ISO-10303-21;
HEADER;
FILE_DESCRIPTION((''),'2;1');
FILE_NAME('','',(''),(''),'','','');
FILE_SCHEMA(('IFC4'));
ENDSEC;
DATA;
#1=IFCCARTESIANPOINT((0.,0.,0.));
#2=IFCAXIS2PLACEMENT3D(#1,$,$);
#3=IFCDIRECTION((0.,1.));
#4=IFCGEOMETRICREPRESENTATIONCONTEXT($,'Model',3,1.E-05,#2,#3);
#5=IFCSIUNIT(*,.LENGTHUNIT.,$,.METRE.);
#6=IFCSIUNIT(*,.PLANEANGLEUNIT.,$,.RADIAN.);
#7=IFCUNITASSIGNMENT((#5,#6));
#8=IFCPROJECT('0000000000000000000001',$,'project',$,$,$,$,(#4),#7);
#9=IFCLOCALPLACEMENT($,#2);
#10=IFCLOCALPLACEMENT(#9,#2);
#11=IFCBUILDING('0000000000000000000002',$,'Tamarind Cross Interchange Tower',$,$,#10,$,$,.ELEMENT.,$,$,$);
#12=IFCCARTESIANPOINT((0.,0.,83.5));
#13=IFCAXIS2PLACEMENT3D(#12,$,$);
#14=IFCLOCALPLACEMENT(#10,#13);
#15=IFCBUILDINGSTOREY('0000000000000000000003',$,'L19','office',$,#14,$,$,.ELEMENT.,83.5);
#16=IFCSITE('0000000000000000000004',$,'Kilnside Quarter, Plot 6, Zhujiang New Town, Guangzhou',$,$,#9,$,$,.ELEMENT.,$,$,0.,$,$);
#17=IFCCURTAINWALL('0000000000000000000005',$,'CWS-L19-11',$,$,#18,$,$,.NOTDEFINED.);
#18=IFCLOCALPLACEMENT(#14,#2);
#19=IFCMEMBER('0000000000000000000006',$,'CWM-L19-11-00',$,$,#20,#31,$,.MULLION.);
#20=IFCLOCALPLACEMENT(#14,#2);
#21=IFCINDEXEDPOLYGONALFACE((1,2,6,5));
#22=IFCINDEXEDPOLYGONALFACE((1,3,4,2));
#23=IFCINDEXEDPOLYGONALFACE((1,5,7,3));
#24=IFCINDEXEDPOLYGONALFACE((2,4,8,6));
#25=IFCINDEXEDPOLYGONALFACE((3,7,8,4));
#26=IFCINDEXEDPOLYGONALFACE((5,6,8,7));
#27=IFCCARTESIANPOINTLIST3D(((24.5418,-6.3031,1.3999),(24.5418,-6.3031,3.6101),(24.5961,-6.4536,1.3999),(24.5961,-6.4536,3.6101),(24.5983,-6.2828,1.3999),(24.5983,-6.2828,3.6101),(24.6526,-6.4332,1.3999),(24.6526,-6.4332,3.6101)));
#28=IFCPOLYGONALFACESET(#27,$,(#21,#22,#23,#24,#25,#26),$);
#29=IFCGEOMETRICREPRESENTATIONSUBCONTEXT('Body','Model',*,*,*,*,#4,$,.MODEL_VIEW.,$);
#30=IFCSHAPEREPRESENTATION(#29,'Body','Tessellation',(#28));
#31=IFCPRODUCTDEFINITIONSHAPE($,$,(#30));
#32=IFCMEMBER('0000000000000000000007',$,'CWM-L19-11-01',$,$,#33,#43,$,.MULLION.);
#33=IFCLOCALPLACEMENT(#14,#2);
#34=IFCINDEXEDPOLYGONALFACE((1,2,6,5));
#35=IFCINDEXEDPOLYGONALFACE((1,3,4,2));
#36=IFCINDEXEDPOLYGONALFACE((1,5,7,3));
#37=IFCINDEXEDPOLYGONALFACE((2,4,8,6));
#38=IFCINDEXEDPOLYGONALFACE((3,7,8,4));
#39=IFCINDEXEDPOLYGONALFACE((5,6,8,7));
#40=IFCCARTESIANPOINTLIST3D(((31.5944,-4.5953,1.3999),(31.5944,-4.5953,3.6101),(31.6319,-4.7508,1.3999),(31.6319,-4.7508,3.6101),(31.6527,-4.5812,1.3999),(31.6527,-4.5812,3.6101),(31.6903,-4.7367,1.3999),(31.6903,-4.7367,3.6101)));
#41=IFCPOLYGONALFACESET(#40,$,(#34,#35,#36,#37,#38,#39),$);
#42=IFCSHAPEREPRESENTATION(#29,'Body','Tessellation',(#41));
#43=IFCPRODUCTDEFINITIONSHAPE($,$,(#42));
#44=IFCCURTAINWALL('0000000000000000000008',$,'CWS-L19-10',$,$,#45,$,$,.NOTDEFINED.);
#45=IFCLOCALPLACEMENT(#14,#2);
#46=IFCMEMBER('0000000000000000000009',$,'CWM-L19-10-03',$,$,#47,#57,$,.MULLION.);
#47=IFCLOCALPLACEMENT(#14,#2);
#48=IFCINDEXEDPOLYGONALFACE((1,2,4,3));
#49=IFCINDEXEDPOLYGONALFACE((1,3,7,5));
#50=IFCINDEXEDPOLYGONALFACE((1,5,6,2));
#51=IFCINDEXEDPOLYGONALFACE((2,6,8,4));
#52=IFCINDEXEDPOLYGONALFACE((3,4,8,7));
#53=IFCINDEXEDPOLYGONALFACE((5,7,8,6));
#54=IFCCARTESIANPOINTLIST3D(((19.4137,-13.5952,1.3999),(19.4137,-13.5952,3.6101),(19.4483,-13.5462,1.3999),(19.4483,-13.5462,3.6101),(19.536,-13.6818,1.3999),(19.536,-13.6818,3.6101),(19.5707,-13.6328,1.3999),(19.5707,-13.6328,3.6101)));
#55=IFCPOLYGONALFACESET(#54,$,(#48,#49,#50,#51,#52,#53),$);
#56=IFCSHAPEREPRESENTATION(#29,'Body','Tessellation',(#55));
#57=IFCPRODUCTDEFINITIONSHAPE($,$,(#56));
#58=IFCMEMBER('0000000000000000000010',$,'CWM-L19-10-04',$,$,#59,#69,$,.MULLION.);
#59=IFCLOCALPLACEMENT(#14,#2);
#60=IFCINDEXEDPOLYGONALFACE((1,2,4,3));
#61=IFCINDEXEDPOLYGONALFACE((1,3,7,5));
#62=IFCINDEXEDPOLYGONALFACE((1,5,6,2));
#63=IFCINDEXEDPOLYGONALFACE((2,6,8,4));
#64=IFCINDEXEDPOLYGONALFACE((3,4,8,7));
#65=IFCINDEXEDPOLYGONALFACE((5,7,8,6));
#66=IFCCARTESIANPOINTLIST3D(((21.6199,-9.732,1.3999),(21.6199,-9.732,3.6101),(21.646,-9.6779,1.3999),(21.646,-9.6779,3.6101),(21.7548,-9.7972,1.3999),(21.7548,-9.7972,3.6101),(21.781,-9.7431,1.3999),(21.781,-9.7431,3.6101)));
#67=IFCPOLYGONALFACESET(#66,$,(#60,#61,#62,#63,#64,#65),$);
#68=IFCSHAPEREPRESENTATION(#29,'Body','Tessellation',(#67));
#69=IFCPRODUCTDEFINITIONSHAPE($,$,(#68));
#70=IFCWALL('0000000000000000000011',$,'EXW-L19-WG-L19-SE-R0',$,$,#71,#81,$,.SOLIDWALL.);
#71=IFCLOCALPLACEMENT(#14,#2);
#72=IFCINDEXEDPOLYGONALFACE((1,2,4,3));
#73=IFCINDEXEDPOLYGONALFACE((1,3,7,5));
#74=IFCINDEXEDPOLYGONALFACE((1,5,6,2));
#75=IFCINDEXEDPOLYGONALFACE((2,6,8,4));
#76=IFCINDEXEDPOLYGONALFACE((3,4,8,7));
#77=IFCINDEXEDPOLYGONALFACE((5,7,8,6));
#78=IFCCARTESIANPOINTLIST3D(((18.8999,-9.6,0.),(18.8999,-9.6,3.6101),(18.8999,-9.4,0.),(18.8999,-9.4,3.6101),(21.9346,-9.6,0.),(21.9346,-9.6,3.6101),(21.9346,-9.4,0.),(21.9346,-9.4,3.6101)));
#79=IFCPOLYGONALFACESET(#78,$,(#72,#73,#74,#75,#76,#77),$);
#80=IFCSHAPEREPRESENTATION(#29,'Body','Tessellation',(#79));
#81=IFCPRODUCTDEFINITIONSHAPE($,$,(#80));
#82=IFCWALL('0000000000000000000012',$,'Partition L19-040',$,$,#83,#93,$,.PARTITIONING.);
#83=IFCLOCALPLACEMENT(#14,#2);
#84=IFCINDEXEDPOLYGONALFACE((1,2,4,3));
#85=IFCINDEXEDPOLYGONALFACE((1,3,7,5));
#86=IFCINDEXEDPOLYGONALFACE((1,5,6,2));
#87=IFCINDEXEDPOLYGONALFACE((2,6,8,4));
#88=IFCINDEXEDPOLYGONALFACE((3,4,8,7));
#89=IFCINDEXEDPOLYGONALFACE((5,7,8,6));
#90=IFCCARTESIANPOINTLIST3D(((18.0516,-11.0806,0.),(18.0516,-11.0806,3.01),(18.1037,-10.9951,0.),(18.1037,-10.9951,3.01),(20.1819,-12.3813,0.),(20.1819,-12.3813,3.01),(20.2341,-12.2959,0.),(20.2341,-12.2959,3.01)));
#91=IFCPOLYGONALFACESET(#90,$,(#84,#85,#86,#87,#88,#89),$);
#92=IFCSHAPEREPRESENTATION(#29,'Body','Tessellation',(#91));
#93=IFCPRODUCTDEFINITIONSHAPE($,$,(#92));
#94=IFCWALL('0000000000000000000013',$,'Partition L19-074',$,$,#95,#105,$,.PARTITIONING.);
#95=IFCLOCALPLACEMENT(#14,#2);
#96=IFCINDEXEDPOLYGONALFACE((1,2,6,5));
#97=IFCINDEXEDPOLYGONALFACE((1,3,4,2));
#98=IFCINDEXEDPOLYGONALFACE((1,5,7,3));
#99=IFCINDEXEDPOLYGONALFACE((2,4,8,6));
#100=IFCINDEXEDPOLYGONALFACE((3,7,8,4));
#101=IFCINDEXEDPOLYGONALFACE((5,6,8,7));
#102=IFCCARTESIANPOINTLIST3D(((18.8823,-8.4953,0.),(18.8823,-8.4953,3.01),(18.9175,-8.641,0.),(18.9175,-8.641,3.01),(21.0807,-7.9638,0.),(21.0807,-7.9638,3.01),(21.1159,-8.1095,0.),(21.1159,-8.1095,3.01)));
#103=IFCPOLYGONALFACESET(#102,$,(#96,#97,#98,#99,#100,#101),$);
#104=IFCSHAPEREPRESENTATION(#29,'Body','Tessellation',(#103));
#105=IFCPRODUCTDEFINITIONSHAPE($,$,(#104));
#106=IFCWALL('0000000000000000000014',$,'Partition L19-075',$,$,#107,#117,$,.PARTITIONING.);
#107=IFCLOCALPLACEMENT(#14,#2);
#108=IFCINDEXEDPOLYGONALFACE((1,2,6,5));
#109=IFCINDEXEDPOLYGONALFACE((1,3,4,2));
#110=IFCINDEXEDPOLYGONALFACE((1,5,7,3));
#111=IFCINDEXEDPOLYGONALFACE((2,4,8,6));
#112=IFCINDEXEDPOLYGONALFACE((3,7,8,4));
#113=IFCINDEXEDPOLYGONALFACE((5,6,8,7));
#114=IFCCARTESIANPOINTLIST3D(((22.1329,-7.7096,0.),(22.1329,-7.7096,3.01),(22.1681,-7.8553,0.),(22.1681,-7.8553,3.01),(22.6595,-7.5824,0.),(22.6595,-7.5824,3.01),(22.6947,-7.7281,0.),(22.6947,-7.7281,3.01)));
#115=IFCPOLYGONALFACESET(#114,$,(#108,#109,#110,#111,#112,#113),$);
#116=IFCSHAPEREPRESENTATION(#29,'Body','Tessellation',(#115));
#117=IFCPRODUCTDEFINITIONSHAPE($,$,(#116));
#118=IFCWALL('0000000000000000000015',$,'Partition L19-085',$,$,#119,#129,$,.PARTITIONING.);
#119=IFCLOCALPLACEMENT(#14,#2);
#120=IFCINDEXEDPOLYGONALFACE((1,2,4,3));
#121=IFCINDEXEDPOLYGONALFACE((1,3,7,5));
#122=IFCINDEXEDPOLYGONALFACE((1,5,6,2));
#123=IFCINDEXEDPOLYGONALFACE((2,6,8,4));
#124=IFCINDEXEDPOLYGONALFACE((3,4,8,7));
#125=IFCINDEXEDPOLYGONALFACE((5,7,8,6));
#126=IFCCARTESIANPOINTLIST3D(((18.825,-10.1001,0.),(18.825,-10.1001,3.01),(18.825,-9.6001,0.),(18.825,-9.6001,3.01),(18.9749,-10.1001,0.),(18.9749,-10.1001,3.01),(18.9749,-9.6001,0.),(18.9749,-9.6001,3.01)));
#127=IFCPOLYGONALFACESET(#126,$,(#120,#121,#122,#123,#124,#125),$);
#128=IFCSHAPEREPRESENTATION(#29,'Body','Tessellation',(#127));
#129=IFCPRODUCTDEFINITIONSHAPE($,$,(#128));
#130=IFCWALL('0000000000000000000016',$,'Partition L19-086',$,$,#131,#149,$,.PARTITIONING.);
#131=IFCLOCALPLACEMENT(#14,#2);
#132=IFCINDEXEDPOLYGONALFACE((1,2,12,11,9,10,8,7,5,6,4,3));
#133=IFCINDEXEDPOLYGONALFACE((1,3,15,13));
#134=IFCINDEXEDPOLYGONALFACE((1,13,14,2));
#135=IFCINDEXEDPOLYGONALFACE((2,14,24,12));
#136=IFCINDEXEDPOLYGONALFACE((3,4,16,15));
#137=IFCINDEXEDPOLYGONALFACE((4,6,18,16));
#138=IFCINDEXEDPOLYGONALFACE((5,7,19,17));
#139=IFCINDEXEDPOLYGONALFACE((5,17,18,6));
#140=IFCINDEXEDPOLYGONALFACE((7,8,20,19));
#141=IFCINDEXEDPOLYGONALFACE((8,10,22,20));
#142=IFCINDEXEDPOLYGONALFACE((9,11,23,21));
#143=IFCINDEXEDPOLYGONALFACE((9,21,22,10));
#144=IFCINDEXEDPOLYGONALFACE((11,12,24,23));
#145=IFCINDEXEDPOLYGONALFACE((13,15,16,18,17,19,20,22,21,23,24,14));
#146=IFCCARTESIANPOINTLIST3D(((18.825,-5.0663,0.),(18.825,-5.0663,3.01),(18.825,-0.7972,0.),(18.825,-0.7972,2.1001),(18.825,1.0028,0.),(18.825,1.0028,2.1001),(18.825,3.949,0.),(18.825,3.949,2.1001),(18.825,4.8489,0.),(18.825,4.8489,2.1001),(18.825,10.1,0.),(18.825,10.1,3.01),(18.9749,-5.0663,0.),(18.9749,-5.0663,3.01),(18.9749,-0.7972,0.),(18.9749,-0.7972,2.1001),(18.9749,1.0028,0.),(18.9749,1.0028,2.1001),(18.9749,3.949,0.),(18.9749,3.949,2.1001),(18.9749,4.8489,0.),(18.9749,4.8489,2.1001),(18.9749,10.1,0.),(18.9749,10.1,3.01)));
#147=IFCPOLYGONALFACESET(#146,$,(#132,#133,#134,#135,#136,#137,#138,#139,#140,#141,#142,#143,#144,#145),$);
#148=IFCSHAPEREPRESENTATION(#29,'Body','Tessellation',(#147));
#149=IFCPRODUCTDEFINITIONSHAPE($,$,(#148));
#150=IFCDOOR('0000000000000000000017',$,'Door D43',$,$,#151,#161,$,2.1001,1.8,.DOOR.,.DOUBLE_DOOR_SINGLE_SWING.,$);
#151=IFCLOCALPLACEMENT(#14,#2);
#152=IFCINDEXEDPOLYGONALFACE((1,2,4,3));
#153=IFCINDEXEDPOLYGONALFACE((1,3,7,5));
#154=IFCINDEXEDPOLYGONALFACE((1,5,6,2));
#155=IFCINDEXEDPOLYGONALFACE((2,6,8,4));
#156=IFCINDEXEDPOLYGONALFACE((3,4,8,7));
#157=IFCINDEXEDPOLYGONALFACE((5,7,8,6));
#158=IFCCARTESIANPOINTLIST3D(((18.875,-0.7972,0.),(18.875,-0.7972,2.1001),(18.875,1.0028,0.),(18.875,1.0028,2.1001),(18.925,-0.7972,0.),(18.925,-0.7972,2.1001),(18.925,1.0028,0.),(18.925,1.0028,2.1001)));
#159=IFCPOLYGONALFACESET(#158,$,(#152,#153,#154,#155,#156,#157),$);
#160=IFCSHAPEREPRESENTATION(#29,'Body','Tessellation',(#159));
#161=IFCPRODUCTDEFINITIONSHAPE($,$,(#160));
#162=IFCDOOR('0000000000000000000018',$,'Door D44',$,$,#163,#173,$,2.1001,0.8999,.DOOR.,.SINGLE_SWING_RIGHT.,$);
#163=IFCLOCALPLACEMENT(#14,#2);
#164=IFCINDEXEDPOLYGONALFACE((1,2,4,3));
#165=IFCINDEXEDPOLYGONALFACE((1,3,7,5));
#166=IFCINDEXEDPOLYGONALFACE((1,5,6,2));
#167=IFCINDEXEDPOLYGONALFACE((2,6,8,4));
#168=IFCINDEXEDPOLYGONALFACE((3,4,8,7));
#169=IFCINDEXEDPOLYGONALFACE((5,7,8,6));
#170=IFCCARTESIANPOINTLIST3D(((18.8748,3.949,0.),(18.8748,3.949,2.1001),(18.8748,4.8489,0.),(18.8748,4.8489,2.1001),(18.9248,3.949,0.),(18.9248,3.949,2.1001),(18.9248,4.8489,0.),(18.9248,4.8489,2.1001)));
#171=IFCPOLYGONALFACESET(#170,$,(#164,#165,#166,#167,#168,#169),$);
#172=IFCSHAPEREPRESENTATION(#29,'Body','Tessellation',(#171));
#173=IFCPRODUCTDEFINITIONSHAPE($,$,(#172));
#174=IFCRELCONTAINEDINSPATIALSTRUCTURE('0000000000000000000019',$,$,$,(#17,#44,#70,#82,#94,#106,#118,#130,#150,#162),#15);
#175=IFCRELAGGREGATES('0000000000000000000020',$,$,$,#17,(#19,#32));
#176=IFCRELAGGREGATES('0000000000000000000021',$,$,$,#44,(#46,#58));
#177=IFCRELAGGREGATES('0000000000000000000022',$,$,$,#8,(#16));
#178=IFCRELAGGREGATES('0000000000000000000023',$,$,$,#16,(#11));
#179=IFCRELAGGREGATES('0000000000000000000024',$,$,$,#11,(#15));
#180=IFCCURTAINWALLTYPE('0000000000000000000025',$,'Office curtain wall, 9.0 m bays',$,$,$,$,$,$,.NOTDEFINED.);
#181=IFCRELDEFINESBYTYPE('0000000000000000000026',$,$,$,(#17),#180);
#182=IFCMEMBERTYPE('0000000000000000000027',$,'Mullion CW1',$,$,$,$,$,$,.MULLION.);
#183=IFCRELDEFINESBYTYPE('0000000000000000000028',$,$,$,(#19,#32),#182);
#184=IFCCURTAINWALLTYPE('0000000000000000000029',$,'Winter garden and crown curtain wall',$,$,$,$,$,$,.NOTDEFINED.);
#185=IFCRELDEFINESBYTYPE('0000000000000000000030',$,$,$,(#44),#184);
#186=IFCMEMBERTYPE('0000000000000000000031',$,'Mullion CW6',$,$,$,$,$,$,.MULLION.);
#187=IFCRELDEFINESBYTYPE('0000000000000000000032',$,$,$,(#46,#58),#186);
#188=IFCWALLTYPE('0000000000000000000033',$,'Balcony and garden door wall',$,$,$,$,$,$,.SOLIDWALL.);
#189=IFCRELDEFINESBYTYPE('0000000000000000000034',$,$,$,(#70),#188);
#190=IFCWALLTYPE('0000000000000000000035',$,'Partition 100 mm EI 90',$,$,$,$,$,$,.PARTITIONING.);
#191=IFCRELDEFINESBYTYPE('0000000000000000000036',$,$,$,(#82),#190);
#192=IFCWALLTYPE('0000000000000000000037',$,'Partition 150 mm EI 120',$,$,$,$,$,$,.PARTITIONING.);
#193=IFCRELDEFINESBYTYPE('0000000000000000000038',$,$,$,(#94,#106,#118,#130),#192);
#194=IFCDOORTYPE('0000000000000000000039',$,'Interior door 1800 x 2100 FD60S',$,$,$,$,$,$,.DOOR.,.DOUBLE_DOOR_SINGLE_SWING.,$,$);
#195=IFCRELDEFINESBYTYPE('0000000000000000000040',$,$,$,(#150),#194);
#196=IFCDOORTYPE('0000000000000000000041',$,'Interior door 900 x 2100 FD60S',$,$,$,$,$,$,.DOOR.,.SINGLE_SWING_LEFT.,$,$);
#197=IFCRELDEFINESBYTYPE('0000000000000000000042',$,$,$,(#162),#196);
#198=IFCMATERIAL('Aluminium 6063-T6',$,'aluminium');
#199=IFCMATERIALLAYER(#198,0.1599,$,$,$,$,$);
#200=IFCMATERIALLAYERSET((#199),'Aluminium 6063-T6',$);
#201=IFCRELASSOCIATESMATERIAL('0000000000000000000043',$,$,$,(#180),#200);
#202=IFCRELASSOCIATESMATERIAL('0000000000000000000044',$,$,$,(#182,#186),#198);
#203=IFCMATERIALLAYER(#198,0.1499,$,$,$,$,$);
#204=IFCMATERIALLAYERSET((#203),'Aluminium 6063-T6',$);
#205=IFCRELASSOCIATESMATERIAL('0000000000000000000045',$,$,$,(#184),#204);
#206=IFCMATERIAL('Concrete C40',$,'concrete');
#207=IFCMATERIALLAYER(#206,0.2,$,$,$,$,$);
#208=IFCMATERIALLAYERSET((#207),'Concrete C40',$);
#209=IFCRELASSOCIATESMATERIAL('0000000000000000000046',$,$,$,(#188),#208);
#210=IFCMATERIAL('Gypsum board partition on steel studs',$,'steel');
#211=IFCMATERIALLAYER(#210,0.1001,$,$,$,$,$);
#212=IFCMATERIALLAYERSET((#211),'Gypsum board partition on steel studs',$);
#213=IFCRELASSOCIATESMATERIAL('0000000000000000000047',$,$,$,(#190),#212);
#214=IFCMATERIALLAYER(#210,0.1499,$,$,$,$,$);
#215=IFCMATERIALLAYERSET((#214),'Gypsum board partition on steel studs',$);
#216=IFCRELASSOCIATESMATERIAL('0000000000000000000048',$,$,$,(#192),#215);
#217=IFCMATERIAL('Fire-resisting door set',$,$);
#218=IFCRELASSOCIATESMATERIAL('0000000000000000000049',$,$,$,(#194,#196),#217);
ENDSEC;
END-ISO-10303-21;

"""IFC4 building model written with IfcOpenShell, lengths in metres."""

from ifc_helpers import new_model, si_unit, direction, frame, frame_2d, origin, origin_2d, place, context, subcontext, project, spatial, rectangle, extrude, material, layer, layer_set, material_profile, profile_set, type_object, element, fill, aggregate, save


model = new_model("IFC4")

# Units and contexts
model_context = context("Model", 3, precision=1e-05, world=origin(), true_north=direction((0.0, 1.0)))
body_context = subcontext(model_context, "Body", "Model", "MODEL_VIEW")
ifc_project = project(units=[si_unit("LENGTHUNIT", "METRE"), si_unit("PLANEANGLEUNIT", "RADIAN")], contexts=[model_context])

# Site, building, storey
site_placement = place(None, origin())
site = spatial("IfcSite", under=ifc_project, at=site_placement, Name="Kilnside Quarter, Plot 6, Zhujiang New Town, Guangzhou", CompositionType="ELEMENT", RefElevation=0.0)
building_placement = place(site_placement, origin())
building = spatial("IfcBuilding", under=site, at=building_placement, Name="Tamarind Cross Interchange Tower", CompositionType="ELEMENT")
storey_placement = place(building_placement, frame((0.0, 0.0, 83.5)))
storey = spatial("IfcBuildingStorey", under=building, at=storey_placement, Name="L19", Description="office", CompositionType="ELEMENT", Elevation=83.5)

# Curtain walls, members
ifc_material_1 = material(Name="Aluminium 6063-T6", Category="aluminium")
ifc_layer_1 = layer(ifc_material_1, 0.1599)
ifc_layer_set_1 = layer_set([ifc_layer_1], Name="Aluminium 6063-T6")
curtain_wall_type_1 = type_object("IfcCurtainWallType", Name="Office curtain wall, 9.0 m bays", PredefinedType="NOTDEFINED", material=ifc_layer_set_1)
curtain_wall_1_placement = place(storey_placement, origin())
curtain_wall_1 = element("IfcCurtainWall", 1, at=curtain_wall_1_placement, inside=storey, type_object=curtain_wall_type_1, Name="CWS-L19-11", PredefinedType="NOTDEFINED")
ifc_material_profile_1 = material_profile(ifc_material_1, rectangle(XDim=0.0601, YDim=0.1599, at=origin_2d()), Name="Mullion CW1")
ifc_profile_set_1 = profile_set([ifc_material_profile_1], Name="Aluminium 6063-T6")
member_type_1 = type_object("IfcMemberType", Name="Mullion CW1", PredefinedType="MULLION", material=ifc_profile_set_1)
member_1_placement = place(storey_placement, frame((24.5972, -6.3682, 1.3999), z_axis=(0.0, 0.0, 1.0), x_axis=(0.94064, 0.339405, 0.0)))
member_1 = element("IfcMember", 2, at=member_1_placement, type_object=member_type_1, Name="CWM-L19-11-00", PredefinedType="MULLION", context=body_context, shape_type="SweptSolid", body=[
    extrude(rectangle(XDim=0.0601, YDim=0.1599, at=origin_2d()), origin(), (0.0, 0.0, 1.0), 2.2102),
])
member_2_placement = place(storey_placement, frame((31.6423, -4.666, 1.3999), z_axis=(0.0, 0.0, 1.0), x_axis=(0.972033, 0.234844, 0.0)))
member_2 = element("IfcMember", 3, at=member_2_placement, type_object=member_type_1, Name="CWM-L19-11-01", PredefinedType="MULLION", context=body_context, shape_type="SweptSolid", body=[
    extrude(rectangle(XDim=0.0601, YDim=0.1599, at=origin_2d()), origin(), (0.0, 0.0, 1.0), 2.2102),
])
aggregate(curtain_wall_1, [member_1, member_2])
ifc_layer_2 = layer(ifc_material_1, 0.1499)
ifc_layer_set_2 = layer_set([ifc_layer_2], Name="Aluminium 6063-T6")
curtain_wall_type_2 = type_object("IfcCurtainWallType", Name="Winter garden and crown curtain wall", PredefinedType="NOTDEFINED", material=ifc_layer_set_2)
curtain_wall_2_placement = place(storey_placement, origin())
curtain_wall_2 = element("IfcCurtainWall", 4, at=curtain_wall_2_placement, inside=storey, type_object=curtain_wall_type_2, Name="CWS-L19-10", PredefinedType="NOTDEFINED")
ifc_material_profile_2 = material_profile(ifc_material_1, rectangle(XDim=0.0601, YDim=0.1499, at=origin_2d()), Name="Mullion CW6")
ifc_profile_set_2 = profile_set([ifc_material_profile_2], Name="Aluminium 6063-T6")
member_type_2 = type_object("IfcMemberType", Name="Mullion CW6", PredefinedType="MULLION", material=ifc_profile_set_2)
member_3_placement = place(storey_placement, frame((19.4922, -13.614, 1.3999), z_axis=(0.0, 0.0, 1.0), x_axis=(0.577569, 0.816342, 0.0)))
member_3 = element("IfcMember", 5, at=member_3_placement, type_object=member_type_2, Name="CWM-L19-10-03", PredefinedType="MULLION", context=body_context, shape_type="SweptSolid", body=[
    extrude(rectangle(XDim=0.0601, YDim=0.1499, at=origin_2d()), origin(), (0.0, 0.0, 1.0), 2.2102),
])
member_4_placement = place(storey_placement, frame((21.7004, -9.7375, 1.3999), z_axis=(0.0, 0.0, 1.0), x_axis=(0.435326, 0.900273, 0.0)))
member_4 = element("IfcMember", 6, at=member_4_placement, type_object=member_type_2, Name="CWM-L19-10-04", PredefinedType="MULLION", context=body_context, shape_type="SweptSolid", body=[
    extrude(rectangle(XDim=0.0601, YDim=0.1499, at=origin_2d()), origin(), (0.0, 0.0, 1.0), 2.2102),
])
aggregate(curtain_wall_2, [member_3, member_4])

# Shared definitions
ifc_material_2 = material(Name="Concrete C40", Category="concrete")
ifc_layer_3 = layer(ifc_material_2, 0.2)
ifc_layer_set_3 = layer_set([ifc_layer_3], Name="Concrete C40")
wall_type_1 = type_object("IfcWallType", Name="Balcony and garden door wall", PredefinedType="SOLIDWALL", material=ifc_layer_set_3)

# Walls
wall_1_placement = place(storey_placement, frame((18.8999, -9.5, 0.0), z_axis=(0.0, 0.0, 1.0), x_axis=(1.0, 0.0, 0.0)))
element("IfcWall", 7, at=wall_1_placement, inside=storey, type_object=wall_type_1, Name="EXW-L19-WG-L19-SE-R0", PredefinedType="SOLIDWALL", context=body_context, shape_type="SweptSolid", body=[
    extrude(rectangle(XDim=3.0347, YDim=0.2, at=frame_2d((1.5173, 0.0))), origin(), (0.0, 0.0, 1.0), 3.6101),
])
ifc_material_3 = material(Name="Gypsum board partition on steel studs", Category="steel")
ifc_layer_4 = layer(ifc_material_3, 0.1001)
ifc_layer_set_4 = layer_set([ifc_layer_4], Name="Gypsum board partition on steel studs")
wall_type_2 = type_object("IfcWallType", Name="Partition 100 mm EI 90", PredefinedType="PARTITIONING", material=ifc_layer_set_4)
wall_2_placement = place(storey_placement, frame((18.0776, -11.0378, 0.0), z_axis=(0.0, 0.0, 1.0), x_axis=(0.85348, -0.521126, 0.0)))
element("IfcWall", 8, at=wall_2_placement, inside=storey, type_object=wall_type_2, Name="Partition L19-040", PredefinedType="PARTITIONING", context=body_context, shape_type="SweptSolid", body=[
    extrude(rectangle(XDim=2.4961, YDim=0.1001, at=frame_2d((1.248, 0.0))), origin(), (0.0, 0.0, 1.0), 3.01),
])
ifc_layer_5 = layer(ifc_material_3, 0.1499)
ifc_layer_set_5 = layer_set([ifc_layer_5], Name="Gypsum board partition on steel studs")
wall_type_3 = type_object("IfcWallType", Name="Partition 150 mm EI 120", PredefinedType="PARTITIONING", material=ifc_layer_set_5)
wall_3_placement = place(storey_placement, frame((18.8999, -8.5681, 0.0), z_axis=(0.0, 0.0, 1.0), x_axis=(0.971999, 0.234985, 0.0)))
element("IfcWall", 9, at=wall_3_placement, inside=storey, type_object=wall_type_3, Name="Partition L19-074", PredefinedType="PARTITIONING", context=body_context, shape_type="SweptSolid", body=[
    extrude(rectangle(XDim=2.2617, YDim=0.1499, at=frame_2d((1.1309, 0.0))), origin(), (0.0, 0.0, 1.0), 3.01),
])
wall_4_placement = place(storey_placement, frame((22.1504, -7.7825, 0.0), z_axis=(0.0, 0.0, 1.0), x_axis=(0.972047, 0.234787, 0.0)))
element("IfcWall", 10, at=wall_4_placement, inside=storey, type_object=wall_type_3, Name="Partition L19-075", PredefinedType="PARTITIONING", context=body_context, shape_type="SweptSolid", body=[
    extrude(rectangle(XDim=0.5417, YDim=0.1499, at=frame_2d((0.271, 0.0))), origin(), (0.0, 0.0, 1.0), 3.01),
])
wall_5_placement = place(storey_placement, frame((18.8999, -10.1001, 0.0), z_axis=(0.0, 0.0, 1.0), x_axis=(0.0, 1.0, 0.0)))
element("IfcWall", 11, at=wall_5_placement, inside=storey, type_object=wall_type_3, Name="Partition L19-085", PredefinedType="PARTITIONING", context=body_context, shape_type="SweptSolid", body=[
    extrude(rectangle(XDim=0.5, YDim=0.1499, at=frame_2d((0.25, 0.0))), origin(), (0.0, 0.0, 1.0), 3.01),
])

# Wall, openings, doors
wall_6_placement = place(storey_placement, frame((18.8999, -5.0662, 0.0), z_axis=(0.0, 0.0, 1.0), x_axis=(0.0, 1.0, 0.0)))
wall_6 = element("IfcWall", 12, at=wall_6_placement, inside=storey, type_object=wall_type_3, Name="Partition L19-086", PredefinedType="PARTITIONING", context=body_context, shape_type="SweptSolid", body=[
    extrude(rectangle(XDim=15.1663, YDim=0.1499, at=frame_2d((7.583, 0.0))), origin(), (0.0, 0.0, 1.0), 3.01),
])
opening_1_placement = place(wall_6_placement, frame((4.269, 0.0, 0.0)))
opening_1 = element("IfcOpeningElement", 13, at=opening_1_placement, cuts=wall_6, PredefinedType="OPENING", context=body_context, shape_type="SweptSolid", body=[
    extrude(rectangle(XDim=1.8, YDim=2.1001, at=frame_2d((0.8999, 1.05))), frame((0.0, 0.085, 0.0), z_axis=(0.0, -1.0, 0.0), x_axis=(1.0, 0.0, 0.0)), (0.0, 0.0, 1.0), 0.1699),
])
opening_2_placement = place(wall_6_placement, frame((9.0151, 0.0, 0.0)))
opening_2 = element("IfcOpeningElement", 14, at=opening_2_placement, cuts=wall_6, PredefinedType="OPENING", context=body_context, shape_type="SweptSolid", body=[
    extrude(rectangle(XDim=0.8999, YDim=2.1001, at=frame_2d((0.45, 1.05))), frame((0.0, 0.085, 0.0), z_axis=(0.0, -1.0, 0.0), x_axis=(1.0, 0.0, 0.0)), (0.0, 0.0, 1.0), 0.1699),
])
ifc_material_4 = material(Name="Fire-resisting door set")
door_type_1 = type_object("IfcDoorType", Name="Interior door 1800 x 2100 FD60S", OperationType="DOUBLE_DOOR_SINGLE_SWING", PredefinedType="DOOR", material=ifc_material_4)
door_1_placement = place(opening_1_placement, origin())
door_1 = element("IfcDoor", 15, at=door_1_placement, inside=storey, type_object=door_type_1, Name="Door D43", OperationType="DOUBLE_DOOR_SINGLE_SWING", OverallHeight=2.1001, OverallWidth=1.8, PredefinedType="DOOR", context=body_context, shape_type="SweptSolid", body=[
    extrude(rectangle(XDim=1.8, YDim=2.1001, at=frame_2d((0.8999, 1.05))), frame((0.0, 0.0249, 0.0), z_axis=(0.0, -1.0, 0.0), x_axis=(1.0, 0.0, 0.0)), (0.0, 0.0, 1.0), 0.05),
])
fill(opening_1, door_1)
door_type_2 = type_object("IfcDoorType", Name="Interior door 900 x 2100 FD60S", OperationType="SINGLE_SWING_LEFT", PredefinedType="DOOR", material=ifc_material_4)
door_2_placement = place(opening_2_placement, frame((0.8999, 0.0, 0.0), z_axis=(0.0, 0.0, 1.0), x_axis=(-1.0, 0.0, 0.0)))
door_2 = element("IfcDoor", 16, at=door_2_placement, inside=storey, type_object=door_type_2, Name="Door D44", OperationType="SINGLE_SWING_RIGHT", OverallHeight=2.1001, OverallWidth=0.8999, PredefinedType="DOOR", context=body_context, shape_type="SweptSolid", body=[
    extrude(rectangle(XDim=0.8999, YDim=2.1001, at=frame_2d((0.45, 1.05))), frame((0.0, 0.0249, 0.0), z_axis=(0.0, -1.0, 0.0), x_axis=(1.0, 0.0, 0.0)), (0.0, 0.0, 1.0), 0.05),
])
fill(opening_2, door_2)

save(model, "model.ifc")
